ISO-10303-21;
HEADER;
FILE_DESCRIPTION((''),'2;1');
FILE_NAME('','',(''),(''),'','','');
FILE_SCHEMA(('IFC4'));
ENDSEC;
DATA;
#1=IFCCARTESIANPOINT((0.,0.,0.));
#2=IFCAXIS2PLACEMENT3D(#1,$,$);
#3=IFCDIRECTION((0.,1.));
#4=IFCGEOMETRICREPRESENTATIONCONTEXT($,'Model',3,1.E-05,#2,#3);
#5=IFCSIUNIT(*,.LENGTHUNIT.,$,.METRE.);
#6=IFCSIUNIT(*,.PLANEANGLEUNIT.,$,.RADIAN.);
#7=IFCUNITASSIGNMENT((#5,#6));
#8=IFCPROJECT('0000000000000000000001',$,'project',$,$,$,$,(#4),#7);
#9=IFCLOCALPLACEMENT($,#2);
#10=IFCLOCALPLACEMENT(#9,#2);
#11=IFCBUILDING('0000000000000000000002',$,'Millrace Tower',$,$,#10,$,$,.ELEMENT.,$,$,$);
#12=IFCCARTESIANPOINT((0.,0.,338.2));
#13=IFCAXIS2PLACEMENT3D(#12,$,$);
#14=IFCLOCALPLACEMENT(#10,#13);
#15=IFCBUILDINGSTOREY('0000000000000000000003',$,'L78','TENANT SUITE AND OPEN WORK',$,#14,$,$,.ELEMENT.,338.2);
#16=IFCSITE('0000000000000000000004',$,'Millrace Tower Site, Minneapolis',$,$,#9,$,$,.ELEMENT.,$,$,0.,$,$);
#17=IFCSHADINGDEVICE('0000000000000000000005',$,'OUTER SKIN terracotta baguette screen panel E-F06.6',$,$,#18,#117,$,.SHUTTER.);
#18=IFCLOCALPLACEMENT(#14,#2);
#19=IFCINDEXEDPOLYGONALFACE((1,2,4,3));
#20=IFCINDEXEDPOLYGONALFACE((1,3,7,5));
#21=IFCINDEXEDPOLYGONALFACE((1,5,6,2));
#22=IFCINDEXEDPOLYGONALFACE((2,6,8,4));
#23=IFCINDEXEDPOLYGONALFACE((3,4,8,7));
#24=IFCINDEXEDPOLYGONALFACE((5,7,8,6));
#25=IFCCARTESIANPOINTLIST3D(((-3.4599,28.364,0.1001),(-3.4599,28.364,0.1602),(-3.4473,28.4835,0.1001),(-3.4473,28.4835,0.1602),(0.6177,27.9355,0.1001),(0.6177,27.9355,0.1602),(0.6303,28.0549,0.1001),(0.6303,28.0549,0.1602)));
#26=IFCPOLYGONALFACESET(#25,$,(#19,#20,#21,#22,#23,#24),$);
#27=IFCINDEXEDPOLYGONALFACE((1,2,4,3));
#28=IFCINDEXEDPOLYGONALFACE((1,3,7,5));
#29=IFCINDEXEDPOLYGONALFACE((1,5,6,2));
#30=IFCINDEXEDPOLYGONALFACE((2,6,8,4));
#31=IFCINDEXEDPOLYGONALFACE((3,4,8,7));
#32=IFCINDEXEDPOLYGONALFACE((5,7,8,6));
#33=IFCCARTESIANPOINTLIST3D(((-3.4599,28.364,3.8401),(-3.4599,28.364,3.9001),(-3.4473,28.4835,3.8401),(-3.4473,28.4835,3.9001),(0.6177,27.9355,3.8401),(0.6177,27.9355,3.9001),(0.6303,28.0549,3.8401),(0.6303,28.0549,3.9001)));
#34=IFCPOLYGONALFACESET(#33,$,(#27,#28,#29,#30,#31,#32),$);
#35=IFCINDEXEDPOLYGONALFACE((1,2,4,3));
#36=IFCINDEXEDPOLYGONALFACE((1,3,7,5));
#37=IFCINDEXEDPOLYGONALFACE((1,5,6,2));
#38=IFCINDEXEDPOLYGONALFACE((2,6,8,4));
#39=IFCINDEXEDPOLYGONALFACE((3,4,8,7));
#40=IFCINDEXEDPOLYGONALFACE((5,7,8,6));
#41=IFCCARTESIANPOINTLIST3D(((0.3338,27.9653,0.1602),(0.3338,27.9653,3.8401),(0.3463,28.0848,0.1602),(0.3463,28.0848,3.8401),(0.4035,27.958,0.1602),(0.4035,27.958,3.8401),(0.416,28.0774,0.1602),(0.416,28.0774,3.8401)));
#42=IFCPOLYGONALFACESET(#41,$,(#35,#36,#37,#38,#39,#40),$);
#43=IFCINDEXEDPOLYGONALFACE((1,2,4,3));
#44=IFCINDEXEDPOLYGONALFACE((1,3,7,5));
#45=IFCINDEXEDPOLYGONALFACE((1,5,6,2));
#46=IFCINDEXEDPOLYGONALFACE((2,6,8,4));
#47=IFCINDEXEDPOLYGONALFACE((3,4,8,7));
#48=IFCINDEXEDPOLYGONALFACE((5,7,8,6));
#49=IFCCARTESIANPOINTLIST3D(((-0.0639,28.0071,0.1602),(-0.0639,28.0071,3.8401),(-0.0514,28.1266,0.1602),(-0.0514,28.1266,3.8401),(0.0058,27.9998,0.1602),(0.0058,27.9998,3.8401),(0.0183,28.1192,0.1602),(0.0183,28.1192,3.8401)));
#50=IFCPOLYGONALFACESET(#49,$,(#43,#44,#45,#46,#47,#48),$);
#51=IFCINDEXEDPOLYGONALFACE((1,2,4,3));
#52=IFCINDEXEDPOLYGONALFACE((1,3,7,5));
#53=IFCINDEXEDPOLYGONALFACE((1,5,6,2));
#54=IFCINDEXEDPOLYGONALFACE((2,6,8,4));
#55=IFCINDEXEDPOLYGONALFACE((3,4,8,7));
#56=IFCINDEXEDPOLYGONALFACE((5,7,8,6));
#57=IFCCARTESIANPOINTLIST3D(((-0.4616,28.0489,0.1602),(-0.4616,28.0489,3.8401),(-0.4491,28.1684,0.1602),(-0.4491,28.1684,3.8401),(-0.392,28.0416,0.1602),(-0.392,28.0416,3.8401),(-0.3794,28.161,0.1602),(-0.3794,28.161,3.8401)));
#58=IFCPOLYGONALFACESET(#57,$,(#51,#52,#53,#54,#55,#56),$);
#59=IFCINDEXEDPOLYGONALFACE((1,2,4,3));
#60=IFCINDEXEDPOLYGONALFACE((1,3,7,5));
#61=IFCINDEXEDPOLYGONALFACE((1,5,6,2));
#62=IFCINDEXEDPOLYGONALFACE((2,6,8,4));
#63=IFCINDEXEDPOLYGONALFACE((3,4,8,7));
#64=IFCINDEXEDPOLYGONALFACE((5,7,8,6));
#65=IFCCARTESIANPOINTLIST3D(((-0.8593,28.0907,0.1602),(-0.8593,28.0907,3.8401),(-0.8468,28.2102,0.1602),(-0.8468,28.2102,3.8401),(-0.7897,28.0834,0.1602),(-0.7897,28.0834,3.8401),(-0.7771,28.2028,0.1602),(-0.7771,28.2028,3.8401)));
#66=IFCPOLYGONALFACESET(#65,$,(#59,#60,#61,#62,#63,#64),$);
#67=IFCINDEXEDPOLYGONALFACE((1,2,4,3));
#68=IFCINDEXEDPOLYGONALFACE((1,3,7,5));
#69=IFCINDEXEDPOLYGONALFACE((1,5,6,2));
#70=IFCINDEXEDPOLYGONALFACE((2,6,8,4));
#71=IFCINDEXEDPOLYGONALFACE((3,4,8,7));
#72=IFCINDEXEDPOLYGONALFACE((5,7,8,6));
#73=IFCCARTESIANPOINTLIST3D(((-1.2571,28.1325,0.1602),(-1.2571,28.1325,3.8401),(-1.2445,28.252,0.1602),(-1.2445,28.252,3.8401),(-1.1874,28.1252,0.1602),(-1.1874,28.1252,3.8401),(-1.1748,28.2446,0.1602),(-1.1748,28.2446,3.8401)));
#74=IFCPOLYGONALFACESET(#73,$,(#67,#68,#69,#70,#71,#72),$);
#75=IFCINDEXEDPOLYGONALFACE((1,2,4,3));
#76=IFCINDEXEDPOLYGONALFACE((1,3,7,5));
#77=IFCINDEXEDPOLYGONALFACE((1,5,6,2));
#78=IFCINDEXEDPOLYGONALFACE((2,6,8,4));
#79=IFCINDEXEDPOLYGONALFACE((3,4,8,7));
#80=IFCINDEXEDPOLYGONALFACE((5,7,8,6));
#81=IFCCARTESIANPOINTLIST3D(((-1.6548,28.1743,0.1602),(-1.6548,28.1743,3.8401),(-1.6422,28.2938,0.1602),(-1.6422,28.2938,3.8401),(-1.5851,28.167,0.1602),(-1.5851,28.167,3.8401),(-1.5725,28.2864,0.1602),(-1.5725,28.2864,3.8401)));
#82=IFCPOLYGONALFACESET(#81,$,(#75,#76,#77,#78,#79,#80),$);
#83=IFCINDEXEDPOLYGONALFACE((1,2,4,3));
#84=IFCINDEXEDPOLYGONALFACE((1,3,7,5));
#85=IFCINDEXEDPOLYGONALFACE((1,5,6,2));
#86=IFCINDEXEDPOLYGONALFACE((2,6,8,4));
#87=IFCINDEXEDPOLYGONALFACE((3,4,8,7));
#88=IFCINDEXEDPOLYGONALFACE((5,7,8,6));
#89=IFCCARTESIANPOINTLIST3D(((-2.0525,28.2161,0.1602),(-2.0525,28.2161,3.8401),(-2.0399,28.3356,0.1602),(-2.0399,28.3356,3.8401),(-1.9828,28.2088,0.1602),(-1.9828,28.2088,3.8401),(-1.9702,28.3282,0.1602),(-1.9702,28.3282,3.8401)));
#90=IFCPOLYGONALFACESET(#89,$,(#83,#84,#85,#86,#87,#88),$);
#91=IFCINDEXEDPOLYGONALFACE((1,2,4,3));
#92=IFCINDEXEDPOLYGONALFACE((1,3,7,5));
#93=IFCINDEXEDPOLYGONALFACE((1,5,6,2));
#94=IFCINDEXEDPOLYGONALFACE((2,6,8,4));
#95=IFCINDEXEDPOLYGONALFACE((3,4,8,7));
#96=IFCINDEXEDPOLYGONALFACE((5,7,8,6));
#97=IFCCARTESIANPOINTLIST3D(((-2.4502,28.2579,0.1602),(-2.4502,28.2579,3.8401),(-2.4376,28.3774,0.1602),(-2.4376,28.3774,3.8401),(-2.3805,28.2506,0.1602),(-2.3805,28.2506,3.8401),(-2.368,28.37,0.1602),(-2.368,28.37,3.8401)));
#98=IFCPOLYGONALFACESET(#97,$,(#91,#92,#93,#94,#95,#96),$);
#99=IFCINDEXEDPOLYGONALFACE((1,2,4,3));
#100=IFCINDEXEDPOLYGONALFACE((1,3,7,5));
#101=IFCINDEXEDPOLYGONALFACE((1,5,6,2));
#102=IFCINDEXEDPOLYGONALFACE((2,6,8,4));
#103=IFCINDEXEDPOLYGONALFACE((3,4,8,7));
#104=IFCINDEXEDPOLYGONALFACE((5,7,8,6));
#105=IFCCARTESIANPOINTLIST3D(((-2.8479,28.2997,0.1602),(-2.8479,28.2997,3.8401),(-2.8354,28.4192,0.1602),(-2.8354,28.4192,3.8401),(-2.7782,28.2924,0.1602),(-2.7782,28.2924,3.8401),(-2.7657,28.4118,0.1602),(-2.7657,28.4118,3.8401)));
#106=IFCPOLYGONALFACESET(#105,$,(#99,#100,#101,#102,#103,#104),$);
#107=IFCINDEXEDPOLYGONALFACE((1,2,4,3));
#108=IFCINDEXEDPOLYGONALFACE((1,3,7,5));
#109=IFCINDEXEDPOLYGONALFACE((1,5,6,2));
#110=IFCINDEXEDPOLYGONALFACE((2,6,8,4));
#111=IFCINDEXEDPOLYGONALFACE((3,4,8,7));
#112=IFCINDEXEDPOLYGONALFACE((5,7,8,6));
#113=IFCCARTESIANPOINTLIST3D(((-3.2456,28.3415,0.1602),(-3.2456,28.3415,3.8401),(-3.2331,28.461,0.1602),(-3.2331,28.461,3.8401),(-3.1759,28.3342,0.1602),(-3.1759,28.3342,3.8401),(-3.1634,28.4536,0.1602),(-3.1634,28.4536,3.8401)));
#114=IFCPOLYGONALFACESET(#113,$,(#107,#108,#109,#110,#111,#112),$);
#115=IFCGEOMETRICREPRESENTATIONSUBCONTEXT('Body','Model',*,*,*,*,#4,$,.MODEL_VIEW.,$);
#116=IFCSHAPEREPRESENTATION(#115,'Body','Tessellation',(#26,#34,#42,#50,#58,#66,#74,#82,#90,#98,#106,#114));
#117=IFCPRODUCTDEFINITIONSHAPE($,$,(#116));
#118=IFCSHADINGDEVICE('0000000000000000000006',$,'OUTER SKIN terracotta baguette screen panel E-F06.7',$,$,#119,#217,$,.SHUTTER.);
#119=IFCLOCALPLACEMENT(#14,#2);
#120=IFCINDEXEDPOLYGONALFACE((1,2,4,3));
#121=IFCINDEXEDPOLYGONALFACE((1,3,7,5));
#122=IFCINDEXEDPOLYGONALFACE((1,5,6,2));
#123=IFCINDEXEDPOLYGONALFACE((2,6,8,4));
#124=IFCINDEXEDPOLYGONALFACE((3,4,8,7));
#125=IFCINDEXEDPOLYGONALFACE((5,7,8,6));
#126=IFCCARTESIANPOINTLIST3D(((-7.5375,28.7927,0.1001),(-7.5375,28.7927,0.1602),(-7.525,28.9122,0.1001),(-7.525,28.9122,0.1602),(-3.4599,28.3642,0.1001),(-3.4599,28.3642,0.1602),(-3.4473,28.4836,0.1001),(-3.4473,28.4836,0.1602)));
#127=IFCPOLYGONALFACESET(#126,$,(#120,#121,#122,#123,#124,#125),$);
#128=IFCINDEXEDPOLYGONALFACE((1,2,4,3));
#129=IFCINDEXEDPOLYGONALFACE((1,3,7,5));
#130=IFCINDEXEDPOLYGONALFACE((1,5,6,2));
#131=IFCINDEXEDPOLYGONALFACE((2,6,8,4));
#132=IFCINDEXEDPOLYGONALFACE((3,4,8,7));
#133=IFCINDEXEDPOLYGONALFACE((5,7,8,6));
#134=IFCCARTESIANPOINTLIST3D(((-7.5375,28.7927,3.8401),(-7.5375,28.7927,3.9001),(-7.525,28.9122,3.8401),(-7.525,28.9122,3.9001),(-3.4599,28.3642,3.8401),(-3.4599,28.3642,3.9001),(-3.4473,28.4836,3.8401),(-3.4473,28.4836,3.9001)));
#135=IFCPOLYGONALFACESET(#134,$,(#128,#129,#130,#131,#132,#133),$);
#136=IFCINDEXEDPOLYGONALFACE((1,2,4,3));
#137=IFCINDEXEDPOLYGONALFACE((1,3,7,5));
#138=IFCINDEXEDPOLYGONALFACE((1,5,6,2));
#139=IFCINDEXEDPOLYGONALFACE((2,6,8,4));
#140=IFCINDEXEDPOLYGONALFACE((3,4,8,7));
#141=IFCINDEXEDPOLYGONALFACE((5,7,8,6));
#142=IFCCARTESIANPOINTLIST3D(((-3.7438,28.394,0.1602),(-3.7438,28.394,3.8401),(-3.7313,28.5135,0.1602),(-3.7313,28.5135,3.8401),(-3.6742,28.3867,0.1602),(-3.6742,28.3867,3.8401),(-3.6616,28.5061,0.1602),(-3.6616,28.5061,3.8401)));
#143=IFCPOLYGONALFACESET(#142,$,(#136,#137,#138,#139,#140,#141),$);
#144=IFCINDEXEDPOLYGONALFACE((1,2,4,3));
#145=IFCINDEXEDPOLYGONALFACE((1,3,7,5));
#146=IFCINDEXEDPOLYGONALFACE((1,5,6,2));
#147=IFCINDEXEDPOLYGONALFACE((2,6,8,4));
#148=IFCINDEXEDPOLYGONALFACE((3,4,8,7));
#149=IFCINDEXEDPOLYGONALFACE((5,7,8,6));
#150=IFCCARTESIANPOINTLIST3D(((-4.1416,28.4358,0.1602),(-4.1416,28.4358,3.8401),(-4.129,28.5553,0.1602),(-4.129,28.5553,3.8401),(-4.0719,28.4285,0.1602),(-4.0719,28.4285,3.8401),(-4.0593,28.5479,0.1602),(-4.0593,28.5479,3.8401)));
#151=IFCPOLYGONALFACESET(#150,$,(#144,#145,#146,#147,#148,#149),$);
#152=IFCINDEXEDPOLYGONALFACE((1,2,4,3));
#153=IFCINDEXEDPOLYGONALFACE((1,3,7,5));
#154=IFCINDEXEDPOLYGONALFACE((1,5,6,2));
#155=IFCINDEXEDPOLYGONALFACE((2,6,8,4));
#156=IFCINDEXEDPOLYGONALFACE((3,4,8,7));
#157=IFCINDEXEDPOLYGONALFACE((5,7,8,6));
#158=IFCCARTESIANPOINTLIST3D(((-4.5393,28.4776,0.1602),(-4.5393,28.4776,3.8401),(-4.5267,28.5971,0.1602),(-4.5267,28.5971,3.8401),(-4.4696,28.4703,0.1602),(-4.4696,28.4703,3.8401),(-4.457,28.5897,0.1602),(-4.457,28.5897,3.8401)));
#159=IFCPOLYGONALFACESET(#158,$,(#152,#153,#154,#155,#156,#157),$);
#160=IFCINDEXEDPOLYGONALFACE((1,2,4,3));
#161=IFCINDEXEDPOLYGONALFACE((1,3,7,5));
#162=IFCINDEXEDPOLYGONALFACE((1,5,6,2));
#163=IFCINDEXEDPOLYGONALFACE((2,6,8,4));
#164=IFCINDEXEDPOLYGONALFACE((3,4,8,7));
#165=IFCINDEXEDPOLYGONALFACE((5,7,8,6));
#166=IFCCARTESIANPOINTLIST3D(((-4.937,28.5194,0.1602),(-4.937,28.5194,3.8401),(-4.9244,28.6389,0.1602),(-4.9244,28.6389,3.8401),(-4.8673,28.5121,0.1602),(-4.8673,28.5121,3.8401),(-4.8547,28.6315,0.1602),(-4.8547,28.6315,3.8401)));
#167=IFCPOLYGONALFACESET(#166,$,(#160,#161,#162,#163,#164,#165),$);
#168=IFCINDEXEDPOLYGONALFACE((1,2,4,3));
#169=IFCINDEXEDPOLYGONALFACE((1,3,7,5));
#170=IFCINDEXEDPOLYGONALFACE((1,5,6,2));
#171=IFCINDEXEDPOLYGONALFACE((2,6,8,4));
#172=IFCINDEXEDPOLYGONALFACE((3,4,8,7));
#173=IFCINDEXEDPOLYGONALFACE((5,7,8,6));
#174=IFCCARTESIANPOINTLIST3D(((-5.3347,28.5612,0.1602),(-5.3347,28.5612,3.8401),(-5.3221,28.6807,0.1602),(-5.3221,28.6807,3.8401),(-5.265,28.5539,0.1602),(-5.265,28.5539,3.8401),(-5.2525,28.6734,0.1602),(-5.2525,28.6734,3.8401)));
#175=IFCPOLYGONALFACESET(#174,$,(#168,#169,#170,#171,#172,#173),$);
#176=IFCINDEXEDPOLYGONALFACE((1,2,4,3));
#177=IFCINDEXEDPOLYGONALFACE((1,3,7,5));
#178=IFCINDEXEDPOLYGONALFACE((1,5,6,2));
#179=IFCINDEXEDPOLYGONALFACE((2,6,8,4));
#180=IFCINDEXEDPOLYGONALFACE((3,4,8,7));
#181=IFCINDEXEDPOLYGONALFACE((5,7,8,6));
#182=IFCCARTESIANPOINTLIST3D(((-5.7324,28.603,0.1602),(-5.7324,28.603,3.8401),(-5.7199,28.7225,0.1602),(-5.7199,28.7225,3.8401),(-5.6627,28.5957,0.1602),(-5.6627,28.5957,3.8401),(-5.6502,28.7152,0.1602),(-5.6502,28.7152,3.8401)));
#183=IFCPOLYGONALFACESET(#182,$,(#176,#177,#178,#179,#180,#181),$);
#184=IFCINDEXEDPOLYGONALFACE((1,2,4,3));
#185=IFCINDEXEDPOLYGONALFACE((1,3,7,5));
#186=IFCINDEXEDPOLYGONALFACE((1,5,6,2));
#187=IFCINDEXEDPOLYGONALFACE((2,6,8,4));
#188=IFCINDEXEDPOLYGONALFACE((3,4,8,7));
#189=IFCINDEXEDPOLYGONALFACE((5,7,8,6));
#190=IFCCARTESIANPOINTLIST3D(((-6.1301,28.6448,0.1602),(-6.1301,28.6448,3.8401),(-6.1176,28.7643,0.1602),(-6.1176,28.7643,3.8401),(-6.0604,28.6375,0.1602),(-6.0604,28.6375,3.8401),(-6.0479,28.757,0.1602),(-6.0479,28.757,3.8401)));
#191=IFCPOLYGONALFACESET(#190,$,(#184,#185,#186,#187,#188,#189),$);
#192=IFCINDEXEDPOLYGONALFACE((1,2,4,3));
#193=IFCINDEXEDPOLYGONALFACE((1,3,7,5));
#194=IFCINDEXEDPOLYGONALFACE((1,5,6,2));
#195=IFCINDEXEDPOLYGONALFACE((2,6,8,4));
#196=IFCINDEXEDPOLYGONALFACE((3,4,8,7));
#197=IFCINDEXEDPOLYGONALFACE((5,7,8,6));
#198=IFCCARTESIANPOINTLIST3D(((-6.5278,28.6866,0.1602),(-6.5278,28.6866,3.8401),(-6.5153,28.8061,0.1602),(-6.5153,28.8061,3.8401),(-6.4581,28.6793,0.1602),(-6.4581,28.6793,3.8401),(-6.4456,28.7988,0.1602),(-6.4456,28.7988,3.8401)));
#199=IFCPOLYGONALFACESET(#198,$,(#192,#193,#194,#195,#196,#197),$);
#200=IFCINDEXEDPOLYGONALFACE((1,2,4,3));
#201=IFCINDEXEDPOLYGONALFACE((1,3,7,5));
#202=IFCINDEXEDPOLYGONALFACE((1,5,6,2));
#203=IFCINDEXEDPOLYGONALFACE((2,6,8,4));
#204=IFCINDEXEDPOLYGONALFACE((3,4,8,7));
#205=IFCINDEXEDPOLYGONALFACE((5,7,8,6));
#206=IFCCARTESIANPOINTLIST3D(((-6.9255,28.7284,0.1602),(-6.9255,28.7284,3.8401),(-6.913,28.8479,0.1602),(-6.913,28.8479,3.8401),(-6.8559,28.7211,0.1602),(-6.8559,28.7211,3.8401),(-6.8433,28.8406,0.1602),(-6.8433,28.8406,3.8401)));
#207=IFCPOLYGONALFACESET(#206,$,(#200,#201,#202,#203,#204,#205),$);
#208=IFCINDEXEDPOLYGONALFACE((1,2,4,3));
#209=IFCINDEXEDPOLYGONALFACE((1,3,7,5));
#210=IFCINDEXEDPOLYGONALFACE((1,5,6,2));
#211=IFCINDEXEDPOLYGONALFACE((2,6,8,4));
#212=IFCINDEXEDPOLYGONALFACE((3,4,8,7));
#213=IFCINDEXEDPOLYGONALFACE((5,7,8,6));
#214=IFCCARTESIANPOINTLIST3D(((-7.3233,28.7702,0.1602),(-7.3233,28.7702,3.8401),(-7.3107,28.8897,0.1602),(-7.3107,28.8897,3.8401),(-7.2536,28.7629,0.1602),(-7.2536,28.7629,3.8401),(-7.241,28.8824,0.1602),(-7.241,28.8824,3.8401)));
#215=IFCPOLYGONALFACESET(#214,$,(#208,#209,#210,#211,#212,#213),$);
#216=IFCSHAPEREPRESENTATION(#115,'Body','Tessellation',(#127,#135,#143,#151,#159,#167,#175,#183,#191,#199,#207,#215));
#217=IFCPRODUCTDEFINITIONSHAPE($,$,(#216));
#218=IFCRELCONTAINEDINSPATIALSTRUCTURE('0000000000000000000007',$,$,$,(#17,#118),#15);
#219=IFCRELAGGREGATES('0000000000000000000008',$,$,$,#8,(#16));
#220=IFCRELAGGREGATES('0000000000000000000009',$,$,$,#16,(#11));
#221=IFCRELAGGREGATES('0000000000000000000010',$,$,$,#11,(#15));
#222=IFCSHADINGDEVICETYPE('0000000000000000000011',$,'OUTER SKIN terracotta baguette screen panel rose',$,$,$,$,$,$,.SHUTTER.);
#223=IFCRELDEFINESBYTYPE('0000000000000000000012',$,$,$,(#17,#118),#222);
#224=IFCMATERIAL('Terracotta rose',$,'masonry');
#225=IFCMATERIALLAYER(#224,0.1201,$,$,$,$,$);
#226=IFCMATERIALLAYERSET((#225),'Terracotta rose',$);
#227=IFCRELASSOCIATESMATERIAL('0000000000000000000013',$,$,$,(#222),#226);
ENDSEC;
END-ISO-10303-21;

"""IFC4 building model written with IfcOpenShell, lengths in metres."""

from ifc_helpers import new_model, entity, si_unit, direction, frame, frame_2d, origin, place, context, subcontext, project, spatial, rectangle, extrude, source, transform, mapped, material, layer, layer_set, type_object, element, save


model = new_model("IFC4")

# Units and contexts
model_context = context("Model", 3, precision=1e-05, world=origin(), true_north=direction((0.0, 1.0)))
body_context = subcontext(model_context, "Body", "Model", "MODEL_VIEW")
ifc_project = project(units=[si_unit("LENGTHUNIT", "METRE"), si_unit("PLANEANGLEUNIT", "RADIAN")], contexts=[model_context])

# Site, building, storey
site_placement = place(None, origin())
site = spatial("IfcSite", under=ifc_project, at=site_placement, Name="Millrace Tower Site, Minneapolis", CompositionType="ELEMENT", RefElevation=0.0)
building_placement = place(site_placement, origin())
building = spatial("IfcBuilding", under=site, at=building_placement, Name="Millrace Tower", CompositionType="ELEMENT")
storey_placement = place(building_placement, frame((0.0, 0.0, 338.2)))
storey = spatial("IfcBuildingStorey", under=building, at=storey_placement, Name="L78", Description="TENANT SUITE AND OPEN WORK", CompositionType="ELEMENT", Elevation=338.2)

# Shading devices
ifc_material_1 = material(Name="Terracotta rose", Category="masonry")
ifc_layer_1 = layer(ifc_material_1, 0.1201)
ifc_layer_set_1 = layer_set([ifc_layer_1], Name="Terracotta rose")
shading_device_type = type_object("IfcShadingDeviceType", Name="OUTER SKIN terracotta baguette screen panel rose", PredefinedType="SHUTTER", material=ifc_layer_set_1)
cartesian_point_1 = entity("IfcCartesianPoint", [-2.05, 0.0601])
shared_polyline_1 = entity("IfcPolyline", [cartesian_point_1, entity("IfcCartesianPoint", [2.05, 0.0601]), entity("IfcCartesianPoint", [2.05, -0.0601]), entity("IfcCartesianPoint", [-2.05, -0.0601]), cartesian_point_1])
shared_shape_1 = source(origin(), body_context, "Body", "SweptSolid", [
    entity("IfcExtrudedAreaSolid", entity("IfcArbitraryClosedProfileDef", "AREA", None, shared_polyline_1), entity("IfcAxis2Placement3D", entity("IfcCartesianPoint", [0.0, 0.0, 0.0])), entity("IfcDirection", [0.0, 0.0, 1.0]), 0.0601),
    entity("IfcExtrudedAreaSolid", entity("IfcArbitraryClosedProfileDef", "AREA", None, shared_polyline_1), entity("IfcAxis2Placement3D", entity("IfcCartesianPoint", [0.0, 0.0, 3.74])), entity("IfcDirection", [0.0, 0.0, 1.0]), 0.0601),
    extrude(rectangle(XDim=0.0701, YDim=0.1201, at=frame_2d((-1.7996, 0.0))), frame((0.0, 0.0, 0.0601)), (0.0, 0.0, 1.0), 3.6799),
    extrude(rectangle(XDim=0.0701, YDim=0.1201, at=frame_2d((-1.3997, 0.0))), frame((0.0, 0.0, 0.0601)), (0.0, 0.0, 1.0), 3.6799),
    extrude(rectangle(XDim=0.0701, YDim=0.1201, at=frame_2d((-0.9998, 0.0))), frame((0.0, 0.0, 0.0601)), (0.0, 0.0, 1.0), 3.6799),
    extrude(rectangle(XDim=0.0701, YDim=0.1201, at=frame_2d((-0.5999, 0.0))), frame((0.0, 0.0, 0.0601)), (0.0, 0.0, 1.0), 3.6799),
    extrude(rectangle(XDim=0.0701, YDim=0.1201, at=frame_2d((-0.2, 0.0))), frame((0.0, 0.0, 0.0601)), (0.0, 0.0, 1.0), 3.6799),
    extrude(rectangle(XDim=0.0701, YDim=0.1201, at=frame_2d((0.2, 0.0))), frame((0.0, 0.0, 0.0601)), (0.0, 0.0, 1.0), 3.6799),
    extrude(rectangle(XDim=0.0701, YDim=0.1201, at=frame_2d((0.5999, 0.0))), frame((0.0, 0.0, 0.0601)), (0.0, 0.0, 1.0), 3.6799),
    extrude(rectangle(XDim=0.0701, YDim=0.1201, at=frame_2d((0.9998, 0.0))), frame((0.0, 0.0, 0.0601)), (0.0, 0.0, 1.0), 3.6799),
    extrude(rectangle(XDim=0.0701, YDim=0.1201, at=frame_2d((1.3997, 0.0))), frame((0.0, 0.0, 0.0601)), (0.0, 0.0, 1.0), 3.6799),
    extrude(rectangle(XDim=0.0701, YDim=0.1201, at=frame_2d((1.7996, 0.0))), frame((0.0, 0.0, 0.0601)), (0.0, 0.0, 1.0), 3.6799),
])
for number, where, z_axis, x_axis, name in (
    (1, (-1.4148, 28.2095, 0.1001), (0.0, 0.0, 1.0), (-0.994522, 0.104528, 0.0), "OUTER SKIN terracotta baguette screen panel E-F06.6"),
    (2, (-5.4924, 28.6382, 0.1001), (0.0, 0.0, 1.0), (-0.994522, 0.104528, 0.0), "OUTER SKIN terracotta baguette screen panel E-F06.7"),
):
    element("IfcShadingDevice", number, at=place(storey_placement, frame(where, z_axis=z_axis, x_axis=x_axis)), inside=storey, type_object=shading_device_type, Name=name, PredefinedType="SHUTTER", context=body_context, shape_type="MappedRepresentation", body=[
        mapped(shared_shape_1, transform((0.0, 0.0, 0.0), scale=1.0)),
    ])

save(model, "model.ifc")
